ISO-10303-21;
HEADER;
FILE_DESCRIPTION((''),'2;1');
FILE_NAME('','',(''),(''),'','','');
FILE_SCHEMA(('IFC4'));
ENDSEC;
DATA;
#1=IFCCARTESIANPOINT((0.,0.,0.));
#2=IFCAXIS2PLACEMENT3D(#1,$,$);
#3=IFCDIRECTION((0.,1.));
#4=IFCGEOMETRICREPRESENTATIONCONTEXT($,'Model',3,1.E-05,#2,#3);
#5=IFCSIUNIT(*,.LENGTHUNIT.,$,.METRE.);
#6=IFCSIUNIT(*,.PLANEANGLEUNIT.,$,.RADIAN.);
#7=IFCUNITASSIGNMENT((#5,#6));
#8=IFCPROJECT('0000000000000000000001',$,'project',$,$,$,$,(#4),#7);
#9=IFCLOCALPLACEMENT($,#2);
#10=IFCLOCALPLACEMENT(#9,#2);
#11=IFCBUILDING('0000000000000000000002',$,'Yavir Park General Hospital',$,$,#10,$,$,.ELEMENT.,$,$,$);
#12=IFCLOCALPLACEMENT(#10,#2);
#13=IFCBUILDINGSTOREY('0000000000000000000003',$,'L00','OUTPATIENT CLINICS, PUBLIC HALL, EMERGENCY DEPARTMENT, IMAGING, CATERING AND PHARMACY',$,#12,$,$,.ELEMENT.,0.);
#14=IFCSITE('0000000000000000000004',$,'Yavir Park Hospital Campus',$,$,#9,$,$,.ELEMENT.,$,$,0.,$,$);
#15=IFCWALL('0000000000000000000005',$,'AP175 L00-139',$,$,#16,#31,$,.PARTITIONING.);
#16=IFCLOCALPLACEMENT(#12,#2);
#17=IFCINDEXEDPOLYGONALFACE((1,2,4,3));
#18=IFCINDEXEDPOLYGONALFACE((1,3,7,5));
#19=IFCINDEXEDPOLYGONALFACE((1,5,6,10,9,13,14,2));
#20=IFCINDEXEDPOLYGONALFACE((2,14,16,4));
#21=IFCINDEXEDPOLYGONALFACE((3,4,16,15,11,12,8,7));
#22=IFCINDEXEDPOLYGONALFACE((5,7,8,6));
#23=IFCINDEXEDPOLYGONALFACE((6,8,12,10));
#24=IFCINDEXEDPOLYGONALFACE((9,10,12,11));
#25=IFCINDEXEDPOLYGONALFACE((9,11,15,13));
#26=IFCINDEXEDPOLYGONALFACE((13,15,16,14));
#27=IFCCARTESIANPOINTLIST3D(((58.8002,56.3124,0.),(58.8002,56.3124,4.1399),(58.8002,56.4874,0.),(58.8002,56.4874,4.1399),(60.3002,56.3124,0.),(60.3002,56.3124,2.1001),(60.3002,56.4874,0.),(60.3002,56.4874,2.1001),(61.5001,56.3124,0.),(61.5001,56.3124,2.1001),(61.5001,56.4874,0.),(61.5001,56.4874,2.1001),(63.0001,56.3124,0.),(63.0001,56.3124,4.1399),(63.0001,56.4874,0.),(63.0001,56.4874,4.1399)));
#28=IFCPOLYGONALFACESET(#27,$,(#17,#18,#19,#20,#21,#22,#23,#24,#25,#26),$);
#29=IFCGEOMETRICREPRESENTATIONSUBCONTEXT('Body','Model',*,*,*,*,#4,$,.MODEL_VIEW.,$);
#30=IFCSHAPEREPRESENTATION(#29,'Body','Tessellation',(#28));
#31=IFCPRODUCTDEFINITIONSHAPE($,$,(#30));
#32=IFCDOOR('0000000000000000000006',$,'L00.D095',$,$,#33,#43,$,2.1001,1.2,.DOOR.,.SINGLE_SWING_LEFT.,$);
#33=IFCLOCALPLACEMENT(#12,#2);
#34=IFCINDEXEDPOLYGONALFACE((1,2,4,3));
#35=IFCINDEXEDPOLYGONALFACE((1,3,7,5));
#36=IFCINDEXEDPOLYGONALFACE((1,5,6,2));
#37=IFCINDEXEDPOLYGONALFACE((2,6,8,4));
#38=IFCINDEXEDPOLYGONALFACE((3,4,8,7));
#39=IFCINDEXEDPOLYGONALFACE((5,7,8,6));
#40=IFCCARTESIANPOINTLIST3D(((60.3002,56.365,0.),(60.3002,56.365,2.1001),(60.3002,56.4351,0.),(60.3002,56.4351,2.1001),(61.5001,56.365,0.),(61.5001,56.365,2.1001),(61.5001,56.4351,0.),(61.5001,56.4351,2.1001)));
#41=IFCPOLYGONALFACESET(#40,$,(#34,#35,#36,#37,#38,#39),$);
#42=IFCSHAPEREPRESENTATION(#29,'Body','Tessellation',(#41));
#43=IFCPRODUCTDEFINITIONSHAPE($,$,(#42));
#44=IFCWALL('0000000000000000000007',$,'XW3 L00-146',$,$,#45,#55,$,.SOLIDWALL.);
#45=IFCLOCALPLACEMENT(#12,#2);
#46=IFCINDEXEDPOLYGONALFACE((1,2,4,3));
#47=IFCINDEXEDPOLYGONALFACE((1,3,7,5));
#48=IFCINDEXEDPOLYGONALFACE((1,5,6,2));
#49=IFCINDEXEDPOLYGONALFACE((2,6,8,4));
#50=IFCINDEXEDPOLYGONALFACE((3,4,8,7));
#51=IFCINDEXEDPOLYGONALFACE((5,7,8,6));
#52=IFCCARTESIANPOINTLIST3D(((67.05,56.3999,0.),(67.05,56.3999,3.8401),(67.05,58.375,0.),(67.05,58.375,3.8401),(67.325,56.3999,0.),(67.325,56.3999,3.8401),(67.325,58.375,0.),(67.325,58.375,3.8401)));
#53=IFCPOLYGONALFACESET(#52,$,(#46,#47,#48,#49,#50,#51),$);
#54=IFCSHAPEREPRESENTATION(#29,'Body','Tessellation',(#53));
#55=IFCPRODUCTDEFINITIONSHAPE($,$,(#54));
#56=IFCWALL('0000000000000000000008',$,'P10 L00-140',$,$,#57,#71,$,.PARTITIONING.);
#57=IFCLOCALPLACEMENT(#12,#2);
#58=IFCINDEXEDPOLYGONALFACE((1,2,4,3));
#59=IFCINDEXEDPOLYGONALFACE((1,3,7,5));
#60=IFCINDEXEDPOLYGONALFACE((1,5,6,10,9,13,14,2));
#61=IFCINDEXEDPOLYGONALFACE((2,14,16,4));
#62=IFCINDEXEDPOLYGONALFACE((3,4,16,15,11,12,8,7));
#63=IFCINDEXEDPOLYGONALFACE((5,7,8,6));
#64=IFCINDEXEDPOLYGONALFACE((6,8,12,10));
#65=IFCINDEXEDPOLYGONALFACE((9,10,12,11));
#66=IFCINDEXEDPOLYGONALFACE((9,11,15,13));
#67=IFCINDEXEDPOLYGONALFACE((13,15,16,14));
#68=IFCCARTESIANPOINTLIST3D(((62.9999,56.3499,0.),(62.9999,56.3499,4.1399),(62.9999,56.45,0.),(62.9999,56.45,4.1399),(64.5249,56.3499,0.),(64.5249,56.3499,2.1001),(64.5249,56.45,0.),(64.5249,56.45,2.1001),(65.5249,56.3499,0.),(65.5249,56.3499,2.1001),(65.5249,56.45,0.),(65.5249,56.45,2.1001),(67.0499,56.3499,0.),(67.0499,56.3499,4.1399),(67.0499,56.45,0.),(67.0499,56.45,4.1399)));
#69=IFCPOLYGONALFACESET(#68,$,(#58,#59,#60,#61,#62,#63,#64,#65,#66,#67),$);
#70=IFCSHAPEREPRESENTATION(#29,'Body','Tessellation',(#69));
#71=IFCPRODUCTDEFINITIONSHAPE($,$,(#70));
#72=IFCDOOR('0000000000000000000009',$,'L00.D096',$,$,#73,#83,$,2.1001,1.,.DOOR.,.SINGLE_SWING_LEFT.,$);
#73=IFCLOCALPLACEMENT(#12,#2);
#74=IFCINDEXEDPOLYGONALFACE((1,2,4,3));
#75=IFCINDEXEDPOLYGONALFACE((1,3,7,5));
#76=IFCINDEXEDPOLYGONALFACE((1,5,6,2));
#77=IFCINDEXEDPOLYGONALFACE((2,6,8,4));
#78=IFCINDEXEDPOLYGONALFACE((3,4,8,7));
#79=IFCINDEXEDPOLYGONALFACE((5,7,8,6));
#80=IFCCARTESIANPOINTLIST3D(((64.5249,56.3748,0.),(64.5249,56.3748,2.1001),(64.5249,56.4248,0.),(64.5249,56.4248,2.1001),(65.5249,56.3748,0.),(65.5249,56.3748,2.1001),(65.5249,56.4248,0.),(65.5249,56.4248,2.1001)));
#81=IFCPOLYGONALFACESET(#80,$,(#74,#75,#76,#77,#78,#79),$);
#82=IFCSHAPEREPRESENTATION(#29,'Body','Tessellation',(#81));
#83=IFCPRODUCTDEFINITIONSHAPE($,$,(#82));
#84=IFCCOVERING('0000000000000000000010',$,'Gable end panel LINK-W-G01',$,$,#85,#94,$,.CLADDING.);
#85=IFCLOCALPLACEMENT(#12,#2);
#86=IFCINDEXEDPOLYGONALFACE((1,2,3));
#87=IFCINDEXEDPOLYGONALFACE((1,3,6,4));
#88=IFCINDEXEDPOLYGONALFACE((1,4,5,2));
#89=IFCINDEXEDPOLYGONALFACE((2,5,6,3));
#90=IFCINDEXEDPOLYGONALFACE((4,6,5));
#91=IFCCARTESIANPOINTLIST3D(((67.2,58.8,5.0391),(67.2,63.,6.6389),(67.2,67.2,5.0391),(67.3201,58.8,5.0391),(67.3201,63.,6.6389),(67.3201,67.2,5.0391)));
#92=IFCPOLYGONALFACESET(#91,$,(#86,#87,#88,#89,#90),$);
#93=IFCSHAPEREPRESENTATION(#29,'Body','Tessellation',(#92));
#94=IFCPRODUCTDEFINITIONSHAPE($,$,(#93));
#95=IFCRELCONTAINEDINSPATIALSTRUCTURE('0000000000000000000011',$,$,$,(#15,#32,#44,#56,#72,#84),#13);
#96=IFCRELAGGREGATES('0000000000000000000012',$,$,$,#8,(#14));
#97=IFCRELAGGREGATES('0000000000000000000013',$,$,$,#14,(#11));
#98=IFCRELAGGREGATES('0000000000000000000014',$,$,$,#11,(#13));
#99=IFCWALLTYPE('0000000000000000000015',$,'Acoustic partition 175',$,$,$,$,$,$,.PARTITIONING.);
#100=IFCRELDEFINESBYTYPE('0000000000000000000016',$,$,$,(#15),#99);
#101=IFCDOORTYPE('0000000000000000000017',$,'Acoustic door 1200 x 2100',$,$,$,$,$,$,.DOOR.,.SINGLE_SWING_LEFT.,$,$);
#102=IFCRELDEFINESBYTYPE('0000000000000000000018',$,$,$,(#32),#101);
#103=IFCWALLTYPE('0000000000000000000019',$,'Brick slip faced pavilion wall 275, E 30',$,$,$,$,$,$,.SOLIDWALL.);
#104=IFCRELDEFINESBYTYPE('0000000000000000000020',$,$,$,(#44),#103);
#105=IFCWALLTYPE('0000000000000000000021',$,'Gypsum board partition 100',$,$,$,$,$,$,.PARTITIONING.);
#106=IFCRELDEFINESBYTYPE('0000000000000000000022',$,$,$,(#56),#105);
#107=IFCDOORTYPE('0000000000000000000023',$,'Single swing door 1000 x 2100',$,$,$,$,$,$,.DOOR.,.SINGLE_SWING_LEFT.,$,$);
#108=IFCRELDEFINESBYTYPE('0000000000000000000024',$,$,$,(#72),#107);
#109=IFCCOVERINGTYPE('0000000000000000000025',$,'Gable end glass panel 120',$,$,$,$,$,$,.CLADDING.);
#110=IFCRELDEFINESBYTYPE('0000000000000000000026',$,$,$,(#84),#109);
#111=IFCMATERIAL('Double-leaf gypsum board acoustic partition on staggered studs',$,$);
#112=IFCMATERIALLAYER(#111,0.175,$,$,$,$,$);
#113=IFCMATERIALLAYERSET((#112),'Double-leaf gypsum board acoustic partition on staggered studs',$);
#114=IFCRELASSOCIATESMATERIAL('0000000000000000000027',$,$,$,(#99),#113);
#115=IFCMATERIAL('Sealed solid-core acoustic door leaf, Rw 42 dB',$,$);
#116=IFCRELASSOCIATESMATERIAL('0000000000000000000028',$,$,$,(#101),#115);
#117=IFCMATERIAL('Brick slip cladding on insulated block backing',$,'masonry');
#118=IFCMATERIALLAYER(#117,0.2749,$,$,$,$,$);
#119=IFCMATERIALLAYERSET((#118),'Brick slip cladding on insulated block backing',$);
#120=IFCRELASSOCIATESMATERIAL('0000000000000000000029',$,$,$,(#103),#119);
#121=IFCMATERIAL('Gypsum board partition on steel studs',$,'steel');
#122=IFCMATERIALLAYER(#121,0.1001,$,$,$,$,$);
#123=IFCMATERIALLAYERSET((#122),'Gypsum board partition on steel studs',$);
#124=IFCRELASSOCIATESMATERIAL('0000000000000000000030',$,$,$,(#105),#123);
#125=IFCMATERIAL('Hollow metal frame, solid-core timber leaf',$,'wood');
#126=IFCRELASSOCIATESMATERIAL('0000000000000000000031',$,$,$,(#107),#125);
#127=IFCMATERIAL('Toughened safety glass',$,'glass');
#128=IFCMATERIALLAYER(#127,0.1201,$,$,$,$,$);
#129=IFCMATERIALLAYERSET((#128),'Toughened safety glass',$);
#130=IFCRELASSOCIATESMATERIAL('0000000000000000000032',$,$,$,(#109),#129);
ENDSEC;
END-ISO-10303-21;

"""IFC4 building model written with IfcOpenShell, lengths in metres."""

from ifc_helpers import new_model, si_unit, direction, frame, frame_2d, origin, place, context, subcontext, project, spatial, polyline, rectangle, outline, extrude, material, layer, layer_set, type_object, element, fill, save


model = new_model("IFC4")

# Units and contexts
model_context = context("Model", 3, precision=1e-05, world=origin(), true_north=direction((0.0, 1.0)))
body_context = subcontext(model_context, "Body", "Model", "MODEL_VIEW")
ifc_project = project(units=[si_unit("LENGTHUNIT", "METRE"), si_unit("PLANEANGLEUNIT", "RADIAN")], contexts=[model_context])

# Site, building, storey
site_placement = place(None, origin())
site = spatial("IfcSite", under=ifc_project, at=site_placement, Name="Yavir Park Hospital Campus", CompositionType="ELEMENT", RefElevation=0.0)
building_placement = place(site_placement, origin())
building = spatial("IfcBuilding", under=site, at=building_placement, Name="Yavir Park General Hospital", CompositionType="ELEMENT")
storey_placement = place(building_placement, origin())
storey = spatial("IfcBuildingStorey", under=building, at=storey_placement, Name="L00", Description="OUTPATIENT CLINICS, PUBLIC HALL, EMERGENCY DEPARTMENT, IMAGING, CATERING AND PHARMACY", CompositionType="ELEMENT", Elevation=0.0)

# Wall, opening, door
ifc_material_1 = material(Name="Double-leaf gypsum board acoustic partition on staggered studs")
ifc_layer_1 = layer(ifc_material_1, 0.175)
ifc_layer_set_1 = layer_set([ifc_layer_1], Name="Double-leaf gypsum board acoustic partition on staggered studs")
wall_type_1 = type_object("IfcWallType", Name="Acoustic partition 175", PredefinedType="PARTITIONING", material=ifc_layer_set_1)
wall_1_placement = place(storey_placement, frame((58.8, 56.3999, 0.0), z_axis=(0.0, 0.0, 1.0), x_axis=(1.0, 0.0, 0.0)))
wall_1 = element("IfcWall", 1, at=wall_1_placement, inside=storey, type_object=wall_type_1, Name="AP175 L00-139", PredefinedType="PARTITIONING", context=body_context, shape_type="SweptSolid", body=[
    extrude(rectangle(XDim=4.2, YDim=0.175, at=frame_2d((2.1001, 0.0))), origin(), (0.0, 0.0, 1.0), 4.1399),
])
opening_1_placement = place(wall_1_placement, frame((1.5, 0.0, 0.0)))
opening_1 = element("IfcOpeningElement", 2, at=opening_1_placement, cuts=wall_1, PredefinedType="OPENING", context=body_context, shape_type="SweptSolid", body=[
    extrude(rectangle(XDim=1.2, YDim=2.1001, at=frame_2d((0.6001, 1.05))), frame((0.0, 0.0974, 0.0), z_axis=(0.0, -1.0, 0.0), x_axis=(1.0, 0.0, 0.0)), (0.0, 0.0, 1.0), 0.1951),
])
ifc_material_2 = material(Name="Sealed solid-core acoustic door leaf, Rw 42 dB")
door_type_1 = type_object("IfcDoorType", Name="Acoustic door 1200 x 2100", OperationType="SINGLE_SWING_LEFT", PredefinedType="DOOR", material=ifc_material_2)
door_1_placement = place(opening_1_placement, origin())
door_1 = element("IfcDoor", 3, at=door_1_placement, inside=storey, type_object=door_type_1, Name="L00.D095", OperationType="SINGLE_SWING_LEFT", OverallHeight=2.1001, OverallWidth=1.2, PredefinedType="DOOR", context=body_context, shape_type="SweptSolid", body=[
    extrude(rectangle(XDim=1.2, YDim=2.1001, at=frame_2d((0.6001, 1.05))), frame((0.0, 0.0352, 0.0), z_axis=(0.0, -1.0, 0.0), x_axis=(1.0, 0.0, 0.0)), (0.0, 0.0, 1.0), 0.0701),
])
fill(opening_1, door_1)

# Wall
ifc_material_3 = material(Name="Brick slip cladding on insulated block backing", Category="masonry")
ifc_layer_2 = layer(ifc_material_3, 0.2749)
ifc_layer_set_2 = layer_set([ifc_layer_2], Name="Brick slip cladding on insulated block backing")
wall_type_2 = type_object("IfcWallType", Name="Brick slip faced pavilion wall 275, E 30", PredefinedType="SOLIDWALL", material=ifc_layer_set_2)
wall_2_placement = place(storey_placement, frame((67.1875, 56.3999, 0.0), z_axis=(0.0, 0.0, 1.0), x_axis=(0.0, 1.0, 0.0)))
element("IfcWall", 4, at=wall_2_placement, inside=storey, type_object=wall_type_2, Name="XW3 L00-146", PredefinedType="SOLIDWALL", context=body_context, shape_type="SweptSolid", body=[
    extrude(rectangle(XDim=1.9751, YDim=0.2749, at=frame_2d((0.9875, 0.0))), origin(), (0.0, 0.0, 1.0), 3.8401),
])

# Wall, opening, door
ifc_material_4 = material(Name="Gypsum board partition on steel studs", Category="steel")
ifc_layer_3 = layer(ifc_material_4, 0.1001)
ifc_layer_set_3 = layer_set([ifc_layer_3], Name="Gypsum board partition on steel studs")
wall_type_3 = type_object("IfcWallType", Name="Gypsum board partition 100", PredefinedType="PARTITIONING", material=ifc_layer_set_3)
wall_3_placement = place(storey_placement, frame((63.0, 56.3999, 0.0), z_axis=(0.0, 0.0, 1.0), x_axis=(1.0, 0.0, 0.0)))
wall_3 = element("IfcWall", 5, at=wall_3_placement, inside=storey, type_object=wall_type_3, Name="P10 L00-140", PredefinedType="PARTITIONING", context=body_context, shape_type="SweptSolid", body=[
    extrude(rectangle(XDim=4.05, YDim=0.1001, at=frame_2d((2.0249, 0.0))), origin(), (0.0, 0.0, 1.0), 4.1399),
])
opening_2_placement = place(wall_3_placement, frame((1.5249, 0.0, 0.0)))
opening_2 = element("IfcOpeningElement", 6, at=opening_2_placement, cuts=wall_3, PredefinedType="OPENING", context=body_context, shape_type="SweptSolid", body=[
    extrude(rectangle(XDim=1.0, YDim=2.1001, at=frame_2d((0.5, 1.05))), frame((0.0, 0.0601, 0.0), z_axis=(0.0, -1.0, 0.0), x_axis=(1.0, 0.0, 0.0)), (0.0, 0.0, 1.0), 0.1201),
])
ifc_material_5 = material(Name="Hollow metal frame, solid-core timber leaf", Category="wood")
door_type_2 = type_object("IfcDoorType", Name="Single swing door 1000 x 2100", OperationType="SINGLE_SWING_LEFT", PredefinedType="DOOR", material=ifc_material_5)
door_2_placement = place(opening_2_placement, origin())
door_2 = element("IfcDoor", 7, at=door_2_placement, inside=storey, type_object=door_type_2, Name="L00.D096", OperationType="SINGLE_SWING_LEFT", OverallHeight=2.1001, OverallWidth=1.0, PredefinedType="DOOR", context=body_context, shape_type="SweptSolid", body=[
    extrude(rectangle(XDim=1.0, YDim=2.1001, at=frame_2d((0.5, 1.05))), frame((0.0, 0.0249, 0.0), z_axis=(0.0, -1.0, 0.0), x_axis=(1.0, 0.0, 0.0)), (0.0, 0.0, 1.0), 0.05),
])
fill(opening_2, door_2)

# Covering
ifc_material_6 = material(Name="Toughened safety glass", Category="glass")
ifc_layer_4 = layer(ifc_material_6, 0.1201)
ifc_layer_set_4 = layer_set([ifc_layer_4], Name="Toughened safety glass")
covering_type = type_object("IfcCoveringType", Name="Gable end glass panel 120", PredefinedType="CLADDING", material=ifc_layer_set_4)
covering_placement = place(storey_placement, frame((67.2, 58.8, 5.0391), z_axis=(-1.0, 0.0, 0.0), x_axis=(0.0, 1.0, 0.0)))
element("IfcCovering", 8, at=covering_placement, inside=storey, type_object=covering_type, Name="Gable end panel LINK-W-G01", PredefinedType="CLADDING", context=body_context, shape_type="SweptSolid", body=[
    extrude(outline(polyline([(0.0, 0.0), (8.3999, 0.0), (4.2, -1.5999), (0.0, 0.0)])), origin(), (0.0, 0.0, -1.0), 0.1201),
])

save(model, "model.ifc")
